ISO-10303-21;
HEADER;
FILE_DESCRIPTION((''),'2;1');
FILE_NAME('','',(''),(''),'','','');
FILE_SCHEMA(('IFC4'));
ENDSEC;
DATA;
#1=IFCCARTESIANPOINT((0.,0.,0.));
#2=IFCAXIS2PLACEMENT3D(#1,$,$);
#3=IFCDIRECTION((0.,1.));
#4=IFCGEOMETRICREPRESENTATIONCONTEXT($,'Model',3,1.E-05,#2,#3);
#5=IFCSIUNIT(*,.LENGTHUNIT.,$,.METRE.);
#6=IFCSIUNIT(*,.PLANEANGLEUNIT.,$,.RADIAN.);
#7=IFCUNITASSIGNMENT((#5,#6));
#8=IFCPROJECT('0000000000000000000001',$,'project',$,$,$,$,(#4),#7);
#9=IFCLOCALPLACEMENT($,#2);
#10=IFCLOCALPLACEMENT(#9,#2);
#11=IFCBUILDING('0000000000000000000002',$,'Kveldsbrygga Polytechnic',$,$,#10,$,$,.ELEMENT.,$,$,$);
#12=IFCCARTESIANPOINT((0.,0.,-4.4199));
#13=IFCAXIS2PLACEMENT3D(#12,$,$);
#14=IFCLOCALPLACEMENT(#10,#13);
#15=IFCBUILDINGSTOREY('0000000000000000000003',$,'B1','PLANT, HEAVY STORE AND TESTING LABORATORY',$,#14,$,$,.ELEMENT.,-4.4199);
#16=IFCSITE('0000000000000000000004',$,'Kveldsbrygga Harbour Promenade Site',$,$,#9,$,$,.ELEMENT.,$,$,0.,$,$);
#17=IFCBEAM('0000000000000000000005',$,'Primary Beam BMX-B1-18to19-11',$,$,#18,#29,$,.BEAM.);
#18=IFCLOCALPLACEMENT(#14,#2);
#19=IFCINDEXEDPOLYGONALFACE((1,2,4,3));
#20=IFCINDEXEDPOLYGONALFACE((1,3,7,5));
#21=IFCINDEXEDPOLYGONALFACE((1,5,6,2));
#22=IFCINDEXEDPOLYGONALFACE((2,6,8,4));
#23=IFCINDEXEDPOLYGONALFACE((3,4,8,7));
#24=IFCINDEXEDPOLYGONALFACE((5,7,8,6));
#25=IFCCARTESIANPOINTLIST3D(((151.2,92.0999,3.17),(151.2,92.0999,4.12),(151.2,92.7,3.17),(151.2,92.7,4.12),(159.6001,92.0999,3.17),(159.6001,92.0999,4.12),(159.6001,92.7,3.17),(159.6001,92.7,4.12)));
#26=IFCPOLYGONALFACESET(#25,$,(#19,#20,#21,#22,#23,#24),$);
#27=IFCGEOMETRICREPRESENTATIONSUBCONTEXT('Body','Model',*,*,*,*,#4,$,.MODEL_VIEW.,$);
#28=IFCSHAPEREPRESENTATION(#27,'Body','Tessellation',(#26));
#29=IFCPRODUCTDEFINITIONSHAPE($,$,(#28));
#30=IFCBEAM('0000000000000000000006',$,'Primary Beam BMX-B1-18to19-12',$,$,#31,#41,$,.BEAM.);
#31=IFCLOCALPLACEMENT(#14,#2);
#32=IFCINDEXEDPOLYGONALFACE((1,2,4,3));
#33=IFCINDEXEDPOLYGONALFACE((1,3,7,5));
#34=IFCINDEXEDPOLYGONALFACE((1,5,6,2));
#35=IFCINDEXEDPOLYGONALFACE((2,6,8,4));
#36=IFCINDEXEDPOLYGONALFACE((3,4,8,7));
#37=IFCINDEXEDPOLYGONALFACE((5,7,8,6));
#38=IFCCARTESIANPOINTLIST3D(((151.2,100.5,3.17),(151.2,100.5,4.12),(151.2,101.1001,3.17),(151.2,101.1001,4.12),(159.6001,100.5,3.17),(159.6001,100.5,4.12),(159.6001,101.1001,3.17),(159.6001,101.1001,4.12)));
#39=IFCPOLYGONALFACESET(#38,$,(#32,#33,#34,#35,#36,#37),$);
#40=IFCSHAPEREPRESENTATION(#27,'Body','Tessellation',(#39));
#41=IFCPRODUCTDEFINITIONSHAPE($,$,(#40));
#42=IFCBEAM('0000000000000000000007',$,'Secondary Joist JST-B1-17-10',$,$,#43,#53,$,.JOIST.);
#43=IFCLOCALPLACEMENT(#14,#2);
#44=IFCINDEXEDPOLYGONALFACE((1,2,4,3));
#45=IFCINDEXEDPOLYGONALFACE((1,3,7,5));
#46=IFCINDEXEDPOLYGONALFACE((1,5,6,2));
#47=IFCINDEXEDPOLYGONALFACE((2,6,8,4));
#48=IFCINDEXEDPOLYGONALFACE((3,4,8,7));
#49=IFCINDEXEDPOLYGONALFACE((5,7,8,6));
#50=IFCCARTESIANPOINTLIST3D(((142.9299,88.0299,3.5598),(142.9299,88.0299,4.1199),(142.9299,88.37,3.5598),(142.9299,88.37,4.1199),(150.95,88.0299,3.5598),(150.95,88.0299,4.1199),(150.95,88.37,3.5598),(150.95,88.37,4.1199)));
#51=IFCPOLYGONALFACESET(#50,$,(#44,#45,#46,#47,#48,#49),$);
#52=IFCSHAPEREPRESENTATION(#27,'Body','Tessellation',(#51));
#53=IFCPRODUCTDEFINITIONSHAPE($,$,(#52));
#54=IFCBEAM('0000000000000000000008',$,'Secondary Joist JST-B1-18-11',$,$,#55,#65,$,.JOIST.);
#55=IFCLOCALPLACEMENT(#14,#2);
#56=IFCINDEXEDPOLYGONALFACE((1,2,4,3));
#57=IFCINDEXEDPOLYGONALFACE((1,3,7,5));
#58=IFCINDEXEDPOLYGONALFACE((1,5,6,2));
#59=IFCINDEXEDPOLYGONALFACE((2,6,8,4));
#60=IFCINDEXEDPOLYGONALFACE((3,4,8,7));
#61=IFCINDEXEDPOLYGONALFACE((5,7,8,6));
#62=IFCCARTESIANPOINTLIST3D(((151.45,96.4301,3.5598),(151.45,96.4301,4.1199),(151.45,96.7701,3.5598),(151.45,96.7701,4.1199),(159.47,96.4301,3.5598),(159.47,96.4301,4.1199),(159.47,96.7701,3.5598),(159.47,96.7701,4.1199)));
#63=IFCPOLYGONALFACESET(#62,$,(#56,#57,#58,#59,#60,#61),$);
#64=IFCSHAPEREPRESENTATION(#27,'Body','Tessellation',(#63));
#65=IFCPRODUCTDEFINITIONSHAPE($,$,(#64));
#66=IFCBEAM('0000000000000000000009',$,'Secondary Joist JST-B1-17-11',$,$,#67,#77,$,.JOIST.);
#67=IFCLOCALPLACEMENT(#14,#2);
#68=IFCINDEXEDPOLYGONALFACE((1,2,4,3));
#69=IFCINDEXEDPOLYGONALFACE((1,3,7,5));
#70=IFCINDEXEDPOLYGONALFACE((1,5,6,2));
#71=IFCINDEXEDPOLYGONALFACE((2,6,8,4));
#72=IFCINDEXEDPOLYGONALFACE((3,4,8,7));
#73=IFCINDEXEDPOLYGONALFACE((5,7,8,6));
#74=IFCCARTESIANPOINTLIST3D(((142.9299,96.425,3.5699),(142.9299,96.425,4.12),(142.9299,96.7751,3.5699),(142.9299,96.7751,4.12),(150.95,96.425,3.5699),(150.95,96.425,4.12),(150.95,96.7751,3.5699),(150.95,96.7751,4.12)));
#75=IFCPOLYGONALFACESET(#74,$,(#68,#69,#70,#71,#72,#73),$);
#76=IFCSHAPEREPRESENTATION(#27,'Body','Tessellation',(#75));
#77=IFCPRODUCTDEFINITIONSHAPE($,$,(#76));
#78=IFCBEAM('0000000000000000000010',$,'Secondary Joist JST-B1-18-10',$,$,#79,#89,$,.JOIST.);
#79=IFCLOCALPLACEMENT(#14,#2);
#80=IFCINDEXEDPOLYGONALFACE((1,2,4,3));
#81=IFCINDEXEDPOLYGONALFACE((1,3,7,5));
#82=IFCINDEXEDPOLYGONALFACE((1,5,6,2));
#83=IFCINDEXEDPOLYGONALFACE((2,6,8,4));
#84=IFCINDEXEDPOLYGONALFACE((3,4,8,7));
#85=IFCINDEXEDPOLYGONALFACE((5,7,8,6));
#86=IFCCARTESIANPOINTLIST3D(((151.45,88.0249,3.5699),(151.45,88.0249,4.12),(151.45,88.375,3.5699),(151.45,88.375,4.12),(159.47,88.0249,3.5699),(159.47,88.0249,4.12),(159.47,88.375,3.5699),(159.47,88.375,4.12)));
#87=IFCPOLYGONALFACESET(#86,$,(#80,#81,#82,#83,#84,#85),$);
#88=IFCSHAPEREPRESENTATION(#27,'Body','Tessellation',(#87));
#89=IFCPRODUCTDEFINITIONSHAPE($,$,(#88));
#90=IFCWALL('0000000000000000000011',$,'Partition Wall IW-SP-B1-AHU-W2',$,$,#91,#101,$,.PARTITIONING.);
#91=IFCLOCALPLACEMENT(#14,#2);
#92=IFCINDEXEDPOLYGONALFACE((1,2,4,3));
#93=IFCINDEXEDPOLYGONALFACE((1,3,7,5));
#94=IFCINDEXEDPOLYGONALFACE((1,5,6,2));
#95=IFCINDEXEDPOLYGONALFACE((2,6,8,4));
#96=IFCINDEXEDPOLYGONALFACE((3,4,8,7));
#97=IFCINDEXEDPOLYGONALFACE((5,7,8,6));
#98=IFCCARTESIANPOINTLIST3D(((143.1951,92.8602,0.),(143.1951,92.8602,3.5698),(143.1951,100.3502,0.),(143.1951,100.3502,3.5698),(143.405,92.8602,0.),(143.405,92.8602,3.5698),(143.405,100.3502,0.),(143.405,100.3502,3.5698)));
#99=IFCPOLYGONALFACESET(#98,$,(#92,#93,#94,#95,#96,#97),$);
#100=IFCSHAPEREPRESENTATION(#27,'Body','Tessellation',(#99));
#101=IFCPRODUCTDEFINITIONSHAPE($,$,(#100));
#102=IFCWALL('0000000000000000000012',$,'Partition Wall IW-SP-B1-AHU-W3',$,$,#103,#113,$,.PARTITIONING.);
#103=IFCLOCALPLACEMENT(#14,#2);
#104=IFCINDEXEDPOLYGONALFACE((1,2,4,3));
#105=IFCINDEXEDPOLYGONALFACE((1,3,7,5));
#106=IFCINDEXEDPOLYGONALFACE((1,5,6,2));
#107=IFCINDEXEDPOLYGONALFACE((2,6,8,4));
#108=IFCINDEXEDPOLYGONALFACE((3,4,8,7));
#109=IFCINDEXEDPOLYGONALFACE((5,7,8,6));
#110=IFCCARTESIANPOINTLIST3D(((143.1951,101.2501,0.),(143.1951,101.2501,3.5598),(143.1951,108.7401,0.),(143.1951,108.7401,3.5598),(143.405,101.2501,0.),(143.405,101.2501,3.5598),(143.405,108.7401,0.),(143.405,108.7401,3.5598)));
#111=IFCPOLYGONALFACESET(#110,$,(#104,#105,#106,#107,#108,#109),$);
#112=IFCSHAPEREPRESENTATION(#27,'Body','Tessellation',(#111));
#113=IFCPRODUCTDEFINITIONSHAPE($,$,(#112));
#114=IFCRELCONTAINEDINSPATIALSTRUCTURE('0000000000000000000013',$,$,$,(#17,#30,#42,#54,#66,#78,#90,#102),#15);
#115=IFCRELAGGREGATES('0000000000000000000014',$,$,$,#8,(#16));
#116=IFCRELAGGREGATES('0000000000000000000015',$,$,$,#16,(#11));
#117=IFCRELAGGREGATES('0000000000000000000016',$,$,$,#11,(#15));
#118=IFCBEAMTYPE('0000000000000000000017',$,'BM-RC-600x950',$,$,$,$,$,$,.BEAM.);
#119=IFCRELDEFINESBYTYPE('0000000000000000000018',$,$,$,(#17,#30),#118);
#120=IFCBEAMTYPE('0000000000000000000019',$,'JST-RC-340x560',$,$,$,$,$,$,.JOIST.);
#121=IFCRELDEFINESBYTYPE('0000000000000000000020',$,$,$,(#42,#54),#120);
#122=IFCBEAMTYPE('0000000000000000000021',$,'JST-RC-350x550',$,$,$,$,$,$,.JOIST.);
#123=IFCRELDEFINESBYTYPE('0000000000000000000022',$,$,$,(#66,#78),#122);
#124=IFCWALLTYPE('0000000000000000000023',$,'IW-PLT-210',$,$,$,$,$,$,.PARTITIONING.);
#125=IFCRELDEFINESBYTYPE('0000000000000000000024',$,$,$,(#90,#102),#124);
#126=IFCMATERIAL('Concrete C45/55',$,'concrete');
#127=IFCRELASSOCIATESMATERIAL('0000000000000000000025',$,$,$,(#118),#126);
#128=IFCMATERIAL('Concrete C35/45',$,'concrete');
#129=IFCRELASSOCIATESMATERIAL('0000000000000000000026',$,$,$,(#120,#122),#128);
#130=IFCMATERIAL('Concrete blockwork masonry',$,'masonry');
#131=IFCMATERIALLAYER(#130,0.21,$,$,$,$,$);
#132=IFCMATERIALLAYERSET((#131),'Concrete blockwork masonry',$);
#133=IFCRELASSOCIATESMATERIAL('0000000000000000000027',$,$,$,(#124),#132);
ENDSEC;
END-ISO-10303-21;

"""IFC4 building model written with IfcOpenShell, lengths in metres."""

from ifc_helpers import new_model, si_unit, direction, frame, frame_2d, origin, origin_2d, place, context, subcontext, project, spatial, rectangle, extrude, material, layer, layer_set, material_profile, profile_set, type_object, element, save


model = new_model("IFC4")

# Units and contexts
model_context = context("Model", 3, precision=1e-05, world=origin(), true_north=direction((0.0, 1.0)))
body_context = subcontext(model_context, "Body", "Model", "MODEL_VIEW")
ifc_project = project(units=[si_unit("LENGTHUNIT", "METRE"), si_unit("PLANEANGLEUNIT", "RADIAN")], contexts=[model_context])

# Site, building, storey
site_placement = place(None, origin())
site = spatial("IfcSite", under=ifc_project, at=site_placement, Name="Kveldsbrygga Harbour Promenade Site", CompositionType="ELEMENT", RefElevation=0.0)
building_placement = place(site_placement, origin())
building = spatial("IfcBuilding", under=site, at=building_placement, Name="Kveldsbrygga Polytechnic", CompositionType="ELEMENT")
storey_placement = place(building_placement, frame((0.0, 0.0, -4.4199)))
storey = spatial("IfcBuildingStorey", under=building, at=storey_placement, Name="B1", Description="PLANT, HEAVY STORE AND TESTING LABORATORY", CompositionType="ELEMENT", Elevation=-4.4199)

# Shared definitions
ifc_material_1 = material(Name="Concrete C45/55", Category="concrete")

# Beams
ifc_material_2 = material(Name="Concrete C35/45", Category="concrete")
ifc_material_profile_1 = material_profile(ifc_material_1, rectangle(XDim=0.6001, YDim=0.95, at=origin_2d()), Name="RC 600x950")
ifc_profile_set_1 = profile_set([ifc_material_profile_1], Name="Concrete C45/55")
beam_type_1 = type_object("IfcBeamType", Name="BM-RC-600x950", PredefinedType="BEAM", material=ifc_profile_set_1)
for number, where, z_axis, x_axis, name in (
    (1, (151.2, 92.3999, 3.645), (1.0, 0.0, 0.0), (0.0, 1.0, 0.0), "Primary Beam BMX-B1-18to19-11"),
    (2, (151.2, 100.8, 3.645), (1.0, 0.0, 0.0), (0.0, 1.0, 0.0), "Primary Beam BMX-B1-18to19-12"),
):
    element("IfcBeam", number, at=place(storey_placement, frame(where, z_axis=z_axis, x_axis=x_axis)), inside=storey, type_object=beam_type_1, Name=name, PredefinedType="BEAM", context=body_context, shape_type="SweptSolid", body=[
        extrude(rectangle(XDim=0.6001, YDim=0.95, at=origin_2d()), origin(), (0.0, 0.0, 1.0), 8.4001),
    ])
ifc_material_profile_2 = material_profile(ifc_material_2, rectangle(XDim=0.3401, YDim=0.5601, at=origin_2d()), Name="RC 340x560")
ifc_profile_set_2 = profile_set([ifc_material_profile_2], Name="Concrete C35/45")
beam_type_2 = type_object("IfcBeamType", Name="JST-RC-340x560", PredefinedType="JOIST", material=ifc_profile_set_2)
for number, where, z_axis, x_axis, name in (
    (3, (142.9299, 88.2, 3.8398), (1.0, 0.0, 0.0), (0.0, 1.0, 0.0), "Secondary Joist JST-B1-17-10"),
    (4, (151.45, 96.6001, 3.8398), (1.0, 0.0, 0.0), (0.0, 1.0, 0.0), "Secondary Joist JST-B1-18-11"),
):
    element("IfcBeam", number, at=place(storey_placement, frame(where, z_axis=z_axis, x_axis=x_axis)), inside=storey, type_object=beam_type_2, Name=name, PredefinedType="JOIST", context=body_context, shape_type="SweptSolid", body=[
        extrude(rectangle(XDim=0.3401, YDim=0.5601, at=origin_2d()), origin(), (0.0, 0.0, 1.0), 8.02),
    ])
ifc_material_profile_3 = material_profile(ifc_material_2, rectangle(XDim=0.3501, YDim=0.55, at=origin_2d()), Name="RC 350x550")
ifc_profile_set_3 = profile_set([ifc_material_profile_3], Name="Concrete C35/45")
beam_type_3 = type_object("IfcBeamType", Name="JST-RC-350x550", PredefinedType="JOIST", material=ifc_profile_set_3)
for number, where, z_axis, x_axis, name in (
    (5, (142.9299, 96.6001, 3.845), (1.0, 0.0, 0.0), (0.0, 1.0, 0.0), "Secondary Joist JST-B1-17-11"),
    (6, (151.45, 88.2, 3.845), (1.0, 0.0, 0.0), (0.0, 1.0, 0.0), "Secondary Joist JST-B1-18-10"),
):
    element("IfcBeam", number, at=place(storey_placement, frame(where, z_axis=z_axis, x_axis=x_axis)), inside=storey, type_object=beam_type_3, Name=name, PredefinedType="JOIST", context=body_context, shape_type="SweptSolid", body=[
        extrude(rectangle(XDim=0.3501, YDim=0.55, at=origin_2d()), origin(), (0.0, 0.0, 1.0), 8.02),
    ])

# Walls
ifc_material_3 = material(Name="Concrete blockwork masonry", Category="masonry")
ifc_layer = layer(ifc_material_3, 0.21)
ifc_layer_set = layer_set([ifc_layer], Name="Concrete blockwork masonry")
wall_type = type_object("IfcWallType", Name="IW-PLT-210", PredefinedType="PARTITIONING", material=ifc_layer_set)
wall_1_placement = place(storey_placement, frame((143.3, 92.8601, 0.0), z_axis=(0.0, 0.0, 1.0), x_axis=(0.0, 1.0, 0.0)))
element("IfcWall", 7, at=wall_1_placement, inside=storey, type_object=wall_type, Name="Partition Wall IW-SP-B1-AHU-W2", PredefinedType="PARTITIONING", context=body_context, shape_type="SweptSolid", body=[
    extrude(rectangle(XDim=7.49, YDim=0.21, at=frame_2d((3.7451, 0.0))), origin(), (0.0, 0.0, 1.0), 3.5698),
])
wall_2_placement = place(storey_placement, frame((143.3, 101.25, 0.0), z_axis=(0.0, 0.0, 1.0), x_axis=(0.0, 1.0, 0.0)))
element("IfcWall", 8, at=wall_2_placement, inside=storey, type_object=wall_type, Name="Partition Wall IW-SP-B1-AHU-W3", PredefinedType="PARTITIONING", context=body_context, shape_type="SweptSolid", body=[
    extrude(rectangle(XDim=7.49, YDim=0.21, at=frame_2d((3.7451, 0.0))), origin(), (0.0, 0.0, 1.0), 3.5598),
])

save(model, "model.ifc")
